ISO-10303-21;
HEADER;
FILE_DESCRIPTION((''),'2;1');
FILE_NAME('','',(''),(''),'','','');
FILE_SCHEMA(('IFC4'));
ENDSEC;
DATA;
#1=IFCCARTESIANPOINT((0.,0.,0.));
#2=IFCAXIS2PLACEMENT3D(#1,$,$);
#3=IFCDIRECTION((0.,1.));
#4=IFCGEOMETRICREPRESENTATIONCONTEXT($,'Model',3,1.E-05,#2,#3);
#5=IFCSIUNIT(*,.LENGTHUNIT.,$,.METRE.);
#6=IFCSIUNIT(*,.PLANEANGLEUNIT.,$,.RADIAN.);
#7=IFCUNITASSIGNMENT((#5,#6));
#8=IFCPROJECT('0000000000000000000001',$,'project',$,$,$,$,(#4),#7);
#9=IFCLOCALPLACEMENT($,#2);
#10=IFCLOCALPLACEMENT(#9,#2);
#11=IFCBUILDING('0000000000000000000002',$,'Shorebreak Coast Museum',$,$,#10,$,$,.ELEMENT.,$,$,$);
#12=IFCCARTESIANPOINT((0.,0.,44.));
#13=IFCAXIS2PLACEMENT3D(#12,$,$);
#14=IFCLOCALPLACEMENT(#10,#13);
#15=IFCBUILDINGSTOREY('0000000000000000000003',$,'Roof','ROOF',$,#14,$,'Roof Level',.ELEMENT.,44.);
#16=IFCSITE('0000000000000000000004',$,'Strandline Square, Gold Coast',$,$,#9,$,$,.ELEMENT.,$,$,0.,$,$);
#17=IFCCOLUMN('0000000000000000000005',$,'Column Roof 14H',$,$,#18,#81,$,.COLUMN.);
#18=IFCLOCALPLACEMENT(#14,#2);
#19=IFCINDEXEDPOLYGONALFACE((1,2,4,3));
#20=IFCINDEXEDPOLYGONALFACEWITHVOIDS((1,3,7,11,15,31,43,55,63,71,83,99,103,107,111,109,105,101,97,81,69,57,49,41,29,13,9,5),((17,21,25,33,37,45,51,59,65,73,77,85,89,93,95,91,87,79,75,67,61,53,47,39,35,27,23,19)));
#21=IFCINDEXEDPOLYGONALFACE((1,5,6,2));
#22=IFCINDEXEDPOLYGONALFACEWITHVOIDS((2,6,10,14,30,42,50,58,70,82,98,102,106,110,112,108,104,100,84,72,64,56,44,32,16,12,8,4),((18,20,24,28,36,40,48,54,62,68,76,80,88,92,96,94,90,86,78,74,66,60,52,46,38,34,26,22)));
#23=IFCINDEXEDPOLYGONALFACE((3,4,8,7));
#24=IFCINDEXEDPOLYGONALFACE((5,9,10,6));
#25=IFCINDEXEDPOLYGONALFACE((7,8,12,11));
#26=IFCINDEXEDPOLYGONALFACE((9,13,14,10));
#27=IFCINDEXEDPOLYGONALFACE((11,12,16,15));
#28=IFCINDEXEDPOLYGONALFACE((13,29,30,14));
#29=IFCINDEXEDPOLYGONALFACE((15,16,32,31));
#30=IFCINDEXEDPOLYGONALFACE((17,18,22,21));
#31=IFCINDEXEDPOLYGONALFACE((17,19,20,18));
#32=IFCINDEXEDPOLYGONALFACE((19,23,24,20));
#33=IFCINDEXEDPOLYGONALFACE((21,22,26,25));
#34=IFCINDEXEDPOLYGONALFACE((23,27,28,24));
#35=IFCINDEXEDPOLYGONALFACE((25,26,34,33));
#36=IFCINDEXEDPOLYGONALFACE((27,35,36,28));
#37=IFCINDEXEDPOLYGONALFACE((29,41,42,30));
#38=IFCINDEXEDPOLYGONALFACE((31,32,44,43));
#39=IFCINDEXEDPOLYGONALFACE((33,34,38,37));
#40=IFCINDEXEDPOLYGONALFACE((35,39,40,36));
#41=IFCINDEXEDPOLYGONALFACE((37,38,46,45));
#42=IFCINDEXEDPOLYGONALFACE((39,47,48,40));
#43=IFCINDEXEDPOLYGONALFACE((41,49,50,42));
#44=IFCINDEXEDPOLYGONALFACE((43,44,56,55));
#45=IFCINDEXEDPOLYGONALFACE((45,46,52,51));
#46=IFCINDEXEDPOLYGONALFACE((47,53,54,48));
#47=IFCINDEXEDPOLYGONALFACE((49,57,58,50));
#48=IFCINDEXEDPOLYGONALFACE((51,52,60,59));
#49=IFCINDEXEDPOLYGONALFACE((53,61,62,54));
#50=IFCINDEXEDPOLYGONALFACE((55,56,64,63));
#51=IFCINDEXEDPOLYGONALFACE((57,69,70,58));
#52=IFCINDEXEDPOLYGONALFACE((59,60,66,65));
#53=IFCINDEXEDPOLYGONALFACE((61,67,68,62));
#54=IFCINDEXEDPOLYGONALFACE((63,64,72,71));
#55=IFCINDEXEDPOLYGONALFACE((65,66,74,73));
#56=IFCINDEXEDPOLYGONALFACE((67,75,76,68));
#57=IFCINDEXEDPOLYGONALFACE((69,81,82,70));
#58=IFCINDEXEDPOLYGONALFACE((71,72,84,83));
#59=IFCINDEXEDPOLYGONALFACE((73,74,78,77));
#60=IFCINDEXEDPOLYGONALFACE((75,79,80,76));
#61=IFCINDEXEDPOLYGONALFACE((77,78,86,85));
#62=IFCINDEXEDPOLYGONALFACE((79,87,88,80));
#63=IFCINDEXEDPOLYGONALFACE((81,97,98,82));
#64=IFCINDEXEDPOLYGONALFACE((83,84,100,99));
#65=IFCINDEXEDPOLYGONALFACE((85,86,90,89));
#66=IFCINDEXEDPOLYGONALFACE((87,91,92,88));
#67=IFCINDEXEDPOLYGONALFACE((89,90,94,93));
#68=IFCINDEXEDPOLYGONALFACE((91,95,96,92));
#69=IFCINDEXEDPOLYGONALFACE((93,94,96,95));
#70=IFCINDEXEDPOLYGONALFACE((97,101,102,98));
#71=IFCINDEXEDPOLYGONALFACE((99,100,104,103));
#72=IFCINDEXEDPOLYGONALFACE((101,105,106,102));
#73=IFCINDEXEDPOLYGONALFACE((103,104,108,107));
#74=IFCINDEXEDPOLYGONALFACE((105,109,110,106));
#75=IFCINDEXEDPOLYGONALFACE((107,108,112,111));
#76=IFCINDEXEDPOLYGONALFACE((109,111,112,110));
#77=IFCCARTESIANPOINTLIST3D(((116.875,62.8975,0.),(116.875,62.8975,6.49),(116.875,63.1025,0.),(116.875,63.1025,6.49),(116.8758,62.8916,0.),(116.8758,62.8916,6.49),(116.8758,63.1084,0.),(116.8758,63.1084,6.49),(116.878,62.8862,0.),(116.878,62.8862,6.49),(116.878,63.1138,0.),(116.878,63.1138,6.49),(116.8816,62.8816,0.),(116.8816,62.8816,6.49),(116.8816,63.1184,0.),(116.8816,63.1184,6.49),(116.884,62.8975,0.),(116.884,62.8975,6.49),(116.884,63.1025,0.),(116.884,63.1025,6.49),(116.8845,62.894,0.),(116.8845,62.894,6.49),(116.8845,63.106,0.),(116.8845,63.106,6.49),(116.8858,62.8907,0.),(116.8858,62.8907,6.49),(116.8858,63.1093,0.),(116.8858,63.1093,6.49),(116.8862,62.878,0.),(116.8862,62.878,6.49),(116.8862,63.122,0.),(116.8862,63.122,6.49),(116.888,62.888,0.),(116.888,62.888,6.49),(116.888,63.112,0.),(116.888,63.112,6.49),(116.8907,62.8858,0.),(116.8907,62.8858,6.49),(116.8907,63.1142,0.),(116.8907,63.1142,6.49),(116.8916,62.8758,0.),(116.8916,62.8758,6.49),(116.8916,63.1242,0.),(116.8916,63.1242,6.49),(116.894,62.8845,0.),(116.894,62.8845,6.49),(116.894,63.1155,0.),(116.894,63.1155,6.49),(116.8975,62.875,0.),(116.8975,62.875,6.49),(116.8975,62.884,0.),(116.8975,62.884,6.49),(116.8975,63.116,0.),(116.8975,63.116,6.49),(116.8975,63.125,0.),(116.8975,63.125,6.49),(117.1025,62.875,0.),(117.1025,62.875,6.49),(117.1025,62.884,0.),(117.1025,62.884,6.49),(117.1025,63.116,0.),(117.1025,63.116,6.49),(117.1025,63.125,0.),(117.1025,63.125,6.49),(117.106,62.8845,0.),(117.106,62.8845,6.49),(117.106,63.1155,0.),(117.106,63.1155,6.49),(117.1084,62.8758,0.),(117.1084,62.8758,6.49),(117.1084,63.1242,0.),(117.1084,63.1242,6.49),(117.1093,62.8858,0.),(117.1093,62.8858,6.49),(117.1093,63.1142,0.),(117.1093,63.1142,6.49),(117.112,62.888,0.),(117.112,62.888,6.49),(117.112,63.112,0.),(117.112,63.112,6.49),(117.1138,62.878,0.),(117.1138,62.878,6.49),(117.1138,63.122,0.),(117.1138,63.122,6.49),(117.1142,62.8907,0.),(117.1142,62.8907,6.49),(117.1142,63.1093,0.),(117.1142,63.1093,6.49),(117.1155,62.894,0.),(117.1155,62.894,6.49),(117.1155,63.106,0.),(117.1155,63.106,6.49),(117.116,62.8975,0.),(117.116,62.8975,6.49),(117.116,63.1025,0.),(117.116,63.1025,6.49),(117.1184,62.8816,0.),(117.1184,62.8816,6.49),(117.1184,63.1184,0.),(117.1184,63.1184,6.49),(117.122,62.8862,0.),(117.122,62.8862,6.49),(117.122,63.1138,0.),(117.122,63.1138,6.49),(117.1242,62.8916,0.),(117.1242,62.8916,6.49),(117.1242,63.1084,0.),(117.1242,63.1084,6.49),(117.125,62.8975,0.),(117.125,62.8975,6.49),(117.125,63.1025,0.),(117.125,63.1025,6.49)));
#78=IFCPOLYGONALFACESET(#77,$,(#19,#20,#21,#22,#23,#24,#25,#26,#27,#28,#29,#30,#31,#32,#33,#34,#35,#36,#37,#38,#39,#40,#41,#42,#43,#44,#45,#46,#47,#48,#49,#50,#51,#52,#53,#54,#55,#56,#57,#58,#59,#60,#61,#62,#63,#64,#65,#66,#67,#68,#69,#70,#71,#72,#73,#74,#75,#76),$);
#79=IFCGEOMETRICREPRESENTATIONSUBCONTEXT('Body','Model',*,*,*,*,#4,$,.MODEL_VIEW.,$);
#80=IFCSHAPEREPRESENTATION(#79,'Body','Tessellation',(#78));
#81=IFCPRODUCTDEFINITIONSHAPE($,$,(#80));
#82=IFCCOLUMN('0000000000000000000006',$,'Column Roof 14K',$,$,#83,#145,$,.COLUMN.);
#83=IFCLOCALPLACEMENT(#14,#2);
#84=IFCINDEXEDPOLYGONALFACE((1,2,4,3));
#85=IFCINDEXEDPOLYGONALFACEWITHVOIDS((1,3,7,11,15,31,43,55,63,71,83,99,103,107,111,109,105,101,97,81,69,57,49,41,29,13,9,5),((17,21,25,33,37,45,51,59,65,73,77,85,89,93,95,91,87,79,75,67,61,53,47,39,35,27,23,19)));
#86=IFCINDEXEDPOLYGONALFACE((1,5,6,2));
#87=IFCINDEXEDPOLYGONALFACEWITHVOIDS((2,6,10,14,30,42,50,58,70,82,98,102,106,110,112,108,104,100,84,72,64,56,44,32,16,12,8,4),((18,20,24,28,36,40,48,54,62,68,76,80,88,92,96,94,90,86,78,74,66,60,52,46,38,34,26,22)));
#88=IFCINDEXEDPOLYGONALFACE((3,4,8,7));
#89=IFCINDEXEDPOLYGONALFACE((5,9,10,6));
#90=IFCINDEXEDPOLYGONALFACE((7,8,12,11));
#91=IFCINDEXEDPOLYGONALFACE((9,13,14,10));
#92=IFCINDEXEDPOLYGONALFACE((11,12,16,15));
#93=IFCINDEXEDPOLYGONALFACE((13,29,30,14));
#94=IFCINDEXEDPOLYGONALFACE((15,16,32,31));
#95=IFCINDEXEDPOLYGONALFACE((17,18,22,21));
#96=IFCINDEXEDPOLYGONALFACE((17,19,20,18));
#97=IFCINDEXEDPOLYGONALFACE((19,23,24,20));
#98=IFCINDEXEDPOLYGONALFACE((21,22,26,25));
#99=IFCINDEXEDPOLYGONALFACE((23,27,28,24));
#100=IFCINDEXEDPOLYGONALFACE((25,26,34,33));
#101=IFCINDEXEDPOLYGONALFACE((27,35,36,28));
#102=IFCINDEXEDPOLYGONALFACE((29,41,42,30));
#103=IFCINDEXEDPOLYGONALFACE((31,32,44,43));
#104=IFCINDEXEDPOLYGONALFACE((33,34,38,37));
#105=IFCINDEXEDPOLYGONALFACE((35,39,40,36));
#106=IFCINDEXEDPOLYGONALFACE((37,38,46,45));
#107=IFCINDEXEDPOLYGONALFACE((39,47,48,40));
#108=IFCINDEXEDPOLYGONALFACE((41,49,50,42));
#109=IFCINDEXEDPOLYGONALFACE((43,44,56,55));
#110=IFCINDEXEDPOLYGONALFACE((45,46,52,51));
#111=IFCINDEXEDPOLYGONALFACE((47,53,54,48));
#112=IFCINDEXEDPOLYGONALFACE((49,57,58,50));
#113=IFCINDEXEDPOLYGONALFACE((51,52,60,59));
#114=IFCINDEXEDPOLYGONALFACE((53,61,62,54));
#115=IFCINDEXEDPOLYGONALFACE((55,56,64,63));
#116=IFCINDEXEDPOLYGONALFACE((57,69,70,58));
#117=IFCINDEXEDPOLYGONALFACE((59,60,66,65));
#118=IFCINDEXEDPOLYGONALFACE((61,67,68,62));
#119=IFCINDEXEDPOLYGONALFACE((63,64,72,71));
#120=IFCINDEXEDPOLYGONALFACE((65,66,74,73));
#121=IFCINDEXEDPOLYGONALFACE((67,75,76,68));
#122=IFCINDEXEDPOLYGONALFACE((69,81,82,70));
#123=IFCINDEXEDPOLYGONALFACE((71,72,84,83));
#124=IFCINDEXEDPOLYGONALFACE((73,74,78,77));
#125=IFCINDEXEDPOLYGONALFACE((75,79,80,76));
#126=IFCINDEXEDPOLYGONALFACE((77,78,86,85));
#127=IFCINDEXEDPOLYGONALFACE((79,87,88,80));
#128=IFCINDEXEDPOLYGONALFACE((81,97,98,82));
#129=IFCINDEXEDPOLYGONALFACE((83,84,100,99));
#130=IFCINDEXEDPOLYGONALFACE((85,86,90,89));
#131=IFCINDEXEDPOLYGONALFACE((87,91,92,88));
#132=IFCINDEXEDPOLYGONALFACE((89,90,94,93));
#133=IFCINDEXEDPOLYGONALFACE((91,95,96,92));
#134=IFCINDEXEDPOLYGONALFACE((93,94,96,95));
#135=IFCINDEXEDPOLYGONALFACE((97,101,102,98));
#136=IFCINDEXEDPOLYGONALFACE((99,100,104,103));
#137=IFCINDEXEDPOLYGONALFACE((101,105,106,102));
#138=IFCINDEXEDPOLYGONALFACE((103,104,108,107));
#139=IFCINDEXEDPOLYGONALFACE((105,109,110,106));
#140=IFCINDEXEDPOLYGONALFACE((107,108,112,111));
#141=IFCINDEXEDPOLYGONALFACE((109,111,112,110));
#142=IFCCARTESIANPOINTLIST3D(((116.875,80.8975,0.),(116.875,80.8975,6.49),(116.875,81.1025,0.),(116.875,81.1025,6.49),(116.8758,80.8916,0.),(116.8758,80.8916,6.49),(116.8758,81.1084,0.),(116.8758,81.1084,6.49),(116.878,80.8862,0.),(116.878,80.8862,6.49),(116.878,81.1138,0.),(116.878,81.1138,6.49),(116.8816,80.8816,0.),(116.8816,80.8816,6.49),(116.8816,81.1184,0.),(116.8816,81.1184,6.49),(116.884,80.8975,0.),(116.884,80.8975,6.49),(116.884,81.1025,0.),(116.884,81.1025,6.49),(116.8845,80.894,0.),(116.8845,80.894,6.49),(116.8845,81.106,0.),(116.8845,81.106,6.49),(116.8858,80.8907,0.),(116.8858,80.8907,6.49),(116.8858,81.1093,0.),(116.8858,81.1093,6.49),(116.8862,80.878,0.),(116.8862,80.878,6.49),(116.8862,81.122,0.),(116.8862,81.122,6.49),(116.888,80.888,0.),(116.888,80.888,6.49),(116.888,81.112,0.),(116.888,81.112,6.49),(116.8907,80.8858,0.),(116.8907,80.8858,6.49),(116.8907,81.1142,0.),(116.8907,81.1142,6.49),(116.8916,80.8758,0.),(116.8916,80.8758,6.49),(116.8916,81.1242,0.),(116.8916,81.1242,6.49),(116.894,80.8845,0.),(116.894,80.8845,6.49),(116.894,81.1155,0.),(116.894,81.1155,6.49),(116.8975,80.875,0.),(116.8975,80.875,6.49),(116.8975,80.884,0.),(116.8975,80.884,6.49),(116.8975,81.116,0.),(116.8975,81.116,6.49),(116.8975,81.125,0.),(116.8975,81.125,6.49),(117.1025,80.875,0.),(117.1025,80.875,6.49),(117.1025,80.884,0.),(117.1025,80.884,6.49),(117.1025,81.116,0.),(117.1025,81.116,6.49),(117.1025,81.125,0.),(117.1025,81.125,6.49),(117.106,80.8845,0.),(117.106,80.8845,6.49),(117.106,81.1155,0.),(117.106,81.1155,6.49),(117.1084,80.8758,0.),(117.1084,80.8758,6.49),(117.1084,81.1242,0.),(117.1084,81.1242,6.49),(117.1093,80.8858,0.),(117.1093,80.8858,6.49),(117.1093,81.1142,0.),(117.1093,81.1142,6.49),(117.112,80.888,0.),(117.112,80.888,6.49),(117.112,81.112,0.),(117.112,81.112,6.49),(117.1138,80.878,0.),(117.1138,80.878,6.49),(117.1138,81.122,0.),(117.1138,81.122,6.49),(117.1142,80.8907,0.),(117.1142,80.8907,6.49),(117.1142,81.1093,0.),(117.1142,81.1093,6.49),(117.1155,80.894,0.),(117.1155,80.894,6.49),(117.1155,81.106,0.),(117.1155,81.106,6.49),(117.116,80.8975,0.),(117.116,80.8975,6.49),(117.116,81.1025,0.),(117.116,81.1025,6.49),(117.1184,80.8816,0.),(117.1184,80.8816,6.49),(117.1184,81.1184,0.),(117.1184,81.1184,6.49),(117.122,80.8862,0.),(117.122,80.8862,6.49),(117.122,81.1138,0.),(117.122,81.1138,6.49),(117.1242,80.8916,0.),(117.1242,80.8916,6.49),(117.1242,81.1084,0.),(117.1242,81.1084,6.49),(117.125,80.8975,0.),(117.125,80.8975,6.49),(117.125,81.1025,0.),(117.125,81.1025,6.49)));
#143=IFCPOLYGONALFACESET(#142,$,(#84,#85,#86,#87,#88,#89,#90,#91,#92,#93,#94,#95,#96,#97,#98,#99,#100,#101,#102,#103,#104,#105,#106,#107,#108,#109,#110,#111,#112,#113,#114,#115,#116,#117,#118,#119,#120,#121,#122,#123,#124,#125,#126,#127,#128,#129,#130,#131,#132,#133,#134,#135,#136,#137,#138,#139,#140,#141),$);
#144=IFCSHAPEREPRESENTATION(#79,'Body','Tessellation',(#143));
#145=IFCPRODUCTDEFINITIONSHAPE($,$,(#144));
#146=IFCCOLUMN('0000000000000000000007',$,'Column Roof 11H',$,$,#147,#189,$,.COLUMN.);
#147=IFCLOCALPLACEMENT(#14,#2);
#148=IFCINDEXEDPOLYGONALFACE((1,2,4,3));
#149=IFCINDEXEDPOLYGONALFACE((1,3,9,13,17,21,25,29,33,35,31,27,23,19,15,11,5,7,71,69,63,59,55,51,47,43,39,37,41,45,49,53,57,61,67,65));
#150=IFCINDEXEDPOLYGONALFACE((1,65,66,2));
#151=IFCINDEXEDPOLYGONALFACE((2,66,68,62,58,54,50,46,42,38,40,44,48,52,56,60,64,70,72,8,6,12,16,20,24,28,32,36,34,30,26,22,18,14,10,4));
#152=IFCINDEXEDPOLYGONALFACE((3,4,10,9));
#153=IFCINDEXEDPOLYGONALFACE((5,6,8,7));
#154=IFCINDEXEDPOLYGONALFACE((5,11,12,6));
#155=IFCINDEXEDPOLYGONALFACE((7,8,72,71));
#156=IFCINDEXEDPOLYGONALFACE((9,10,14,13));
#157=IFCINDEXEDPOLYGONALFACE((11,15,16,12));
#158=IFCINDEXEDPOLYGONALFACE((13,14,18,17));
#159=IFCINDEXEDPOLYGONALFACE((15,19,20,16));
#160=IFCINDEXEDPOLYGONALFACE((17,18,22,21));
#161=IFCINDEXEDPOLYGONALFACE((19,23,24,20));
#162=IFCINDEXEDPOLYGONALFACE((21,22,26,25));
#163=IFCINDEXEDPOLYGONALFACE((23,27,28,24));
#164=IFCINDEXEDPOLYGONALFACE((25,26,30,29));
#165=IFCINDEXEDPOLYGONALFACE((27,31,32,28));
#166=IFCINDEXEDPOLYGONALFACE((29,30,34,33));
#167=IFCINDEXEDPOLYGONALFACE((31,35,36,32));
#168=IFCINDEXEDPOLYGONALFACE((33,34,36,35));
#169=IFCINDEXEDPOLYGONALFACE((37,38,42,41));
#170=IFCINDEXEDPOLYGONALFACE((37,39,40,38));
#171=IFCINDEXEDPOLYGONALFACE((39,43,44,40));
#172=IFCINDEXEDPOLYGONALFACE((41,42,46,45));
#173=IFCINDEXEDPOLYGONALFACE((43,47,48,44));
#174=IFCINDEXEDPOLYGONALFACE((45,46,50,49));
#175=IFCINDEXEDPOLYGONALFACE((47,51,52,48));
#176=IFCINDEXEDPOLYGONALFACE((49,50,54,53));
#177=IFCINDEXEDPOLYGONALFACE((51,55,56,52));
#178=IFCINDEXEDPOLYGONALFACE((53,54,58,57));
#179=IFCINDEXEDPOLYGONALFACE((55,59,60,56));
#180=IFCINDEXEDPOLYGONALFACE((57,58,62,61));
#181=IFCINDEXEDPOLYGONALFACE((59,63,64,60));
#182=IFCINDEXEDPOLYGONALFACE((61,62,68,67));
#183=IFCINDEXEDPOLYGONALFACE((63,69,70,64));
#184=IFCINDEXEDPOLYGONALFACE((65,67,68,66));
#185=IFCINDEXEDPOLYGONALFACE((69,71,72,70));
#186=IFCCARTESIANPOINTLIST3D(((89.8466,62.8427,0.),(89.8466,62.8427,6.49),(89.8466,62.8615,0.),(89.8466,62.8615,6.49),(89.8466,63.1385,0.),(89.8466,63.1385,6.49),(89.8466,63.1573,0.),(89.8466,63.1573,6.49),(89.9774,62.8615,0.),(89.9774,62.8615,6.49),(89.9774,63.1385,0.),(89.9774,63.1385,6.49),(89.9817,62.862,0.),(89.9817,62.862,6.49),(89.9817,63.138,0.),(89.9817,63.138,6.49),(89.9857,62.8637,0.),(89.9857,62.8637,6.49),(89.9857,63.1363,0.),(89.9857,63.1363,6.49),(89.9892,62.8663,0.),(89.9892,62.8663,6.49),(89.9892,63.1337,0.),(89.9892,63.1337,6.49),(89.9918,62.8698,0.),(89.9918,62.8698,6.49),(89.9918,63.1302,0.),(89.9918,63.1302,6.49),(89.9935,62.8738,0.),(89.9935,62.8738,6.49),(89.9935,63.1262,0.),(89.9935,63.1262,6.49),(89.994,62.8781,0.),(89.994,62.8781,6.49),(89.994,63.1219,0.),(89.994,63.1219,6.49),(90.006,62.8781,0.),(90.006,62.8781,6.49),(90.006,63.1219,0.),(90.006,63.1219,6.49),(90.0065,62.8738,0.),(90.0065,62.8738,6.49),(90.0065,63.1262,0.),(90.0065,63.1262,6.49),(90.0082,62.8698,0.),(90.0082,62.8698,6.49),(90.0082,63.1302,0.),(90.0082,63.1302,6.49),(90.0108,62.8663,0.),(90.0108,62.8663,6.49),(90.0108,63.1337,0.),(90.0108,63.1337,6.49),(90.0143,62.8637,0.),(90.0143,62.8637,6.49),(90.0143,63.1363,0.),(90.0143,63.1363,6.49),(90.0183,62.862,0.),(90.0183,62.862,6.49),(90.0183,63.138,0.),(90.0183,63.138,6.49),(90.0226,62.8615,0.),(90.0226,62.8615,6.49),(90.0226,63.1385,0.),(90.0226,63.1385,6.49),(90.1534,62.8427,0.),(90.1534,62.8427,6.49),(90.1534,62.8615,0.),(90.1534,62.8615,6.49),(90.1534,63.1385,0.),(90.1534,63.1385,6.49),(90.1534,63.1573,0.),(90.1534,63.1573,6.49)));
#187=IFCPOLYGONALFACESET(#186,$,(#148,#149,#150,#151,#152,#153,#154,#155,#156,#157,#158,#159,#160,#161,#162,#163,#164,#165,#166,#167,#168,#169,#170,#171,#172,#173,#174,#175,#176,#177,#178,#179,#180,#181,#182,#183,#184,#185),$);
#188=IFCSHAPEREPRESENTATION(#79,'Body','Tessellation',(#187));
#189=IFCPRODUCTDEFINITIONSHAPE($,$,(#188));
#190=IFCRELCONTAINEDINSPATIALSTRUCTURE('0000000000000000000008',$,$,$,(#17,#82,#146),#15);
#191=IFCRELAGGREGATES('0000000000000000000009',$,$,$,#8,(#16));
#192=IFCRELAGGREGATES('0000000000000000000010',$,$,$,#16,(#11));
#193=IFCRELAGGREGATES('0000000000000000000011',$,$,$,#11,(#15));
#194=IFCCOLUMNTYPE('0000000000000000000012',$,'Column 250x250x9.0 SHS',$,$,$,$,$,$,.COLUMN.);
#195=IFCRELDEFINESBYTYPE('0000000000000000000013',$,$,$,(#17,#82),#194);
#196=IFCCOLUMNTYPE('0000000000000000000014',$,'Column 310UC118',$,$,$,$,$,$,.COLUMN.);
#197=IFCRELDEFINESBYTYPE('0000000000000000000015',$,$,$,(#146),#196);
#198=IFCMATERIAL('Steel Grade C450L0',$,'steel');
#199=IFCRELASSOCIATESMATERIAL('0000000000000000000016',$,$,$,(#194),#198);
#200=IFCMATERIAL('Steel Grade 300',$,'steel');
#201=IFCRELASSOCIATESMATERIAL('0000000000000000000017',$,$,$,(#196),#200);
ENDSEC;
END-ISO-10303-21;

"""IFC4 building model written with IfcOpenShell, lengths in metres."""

from ifc_helpers import new_model, si_unit, direction, frame, origin, origin_2d, place, context, subcontext, project, spatial, hollow_rectangle, i_section, extrude, material, material_profile, profile_set, type_object, element, save


model = new_model("IFC4")

# Units and contexts
model_context = context("Model", 3, precision=1e-05, world=origin(), true_north=direction((0.0, 1.0)))
body_context = subcontext(model_context, "Body", "Model", "MODEL_VIEW")
ifc_project = project(units=[si_unit("LENGTHUNIT", "METRE"), si_unit("PLANEANGLEUNIT", "RADIAN")], contexts=[model_context])

# Site, building, storey
site_placement = place(None, origin())
site = spatial("IfcSite", under=ifc_project, at=site_placement, Name="Strandline Square, Gold Coast", CompositionType="ELEMENT", RefElevation=0.0)
building_placement = place(site_placement, origin())
building = spatial("IfcBuilding", under=site, at=building_placement, Name="Shorebreak Coast Museum", CompositionType="ELEMENT")
storey_placement = place(building_placement, frame((0.0, 0.0, 44.0)))
storey = spatial("IfcBuildingStorey", under=building, at=storey_placement, Name="Roof", Description="ROOF", LongName="Roof Level", CompositionType="ELEMENT", Elevation=44.0)

# Columns
ifc_material_1 = material(Name="Steel Grade C450L0", Category="steel")
ifc_material_profile_1 = material_profile(ifc_material_1, hollow_rectangle(XDim=0.25, YDim=0.25, WallThickness=0.009, InnerFilletRadius=0.0134, OuterFilletRadius=0.0225, at=origin_2d()), Name="250x250x9.0 SHS")
ifc_profile_set_1 = profile_set([ifc_material_profile_1], Name="Steel Grade C450L0")
column_type_1 = type_object("IfcColumnType", Name="Column 250x250x9.0 SHS", PredefinedType="COLUMN", material=ifc_profile_set_1)
for number, where, z_axis, x_axis, name in (
    (1, (117.0, 63.0, 0.0), (0.0, 0.0, 1.0), (1.0, 0.0, 0.0), "Column Roof 14H"),
    (2, (117.0, 81.0, 0.0), (0.0, 0.0, 1.0), (1.0, 0.0, 0.0), "Column Roof 14K"),
):
    element("IfcColumn", number, at=place(storey_placement, frame(where, z_axis=z_axis, x_axis=x_axis)), inside=storey, type_object=column_type_1, Name=name, PredefinedType="COLUMN", context=body_context, shape_type="SweptSolid", body=[
        extrude(hollow_rectangle(XDim=0.25, YDim=0.25, WallThickness=0.009, InnerFilletRadius=0.0134, OuterFilletRadius=0.0225, at=origin_2d()), origin(), (0.0, 0.0, 1.0), 6.49),
    ])
ifc_material_2 = material(Name="Steel Grade 300", Category="steel")
ifc_material_profile_2 = material_profile(ifc_material_2, i_section(OverallWidth=0.3069, OverallDepth=0.3147, WebThickness=0.012, FlangeThickness=0.0188, FilletRadius=0.0166, at=origin_2d()), Name="310UC118")
ifc_profile_set_2 = profile_set([ifc_material_profile_2], Name="Steel Grade 300")
column_type_2 = type_object("IfcColumnType", Name="Column 310UC118", PredefinedType="COLUMN", material=ifc_profile_set_2)
for number, where, z_axis, x_axis, name in (
    (3, (90.0, 63.0, 0.0), (0.0, 0.0, 1.0), (1.0, 0.0, 0.0), "Column Roof 11H"),
):
    element("IfcColumn", number, at=place(storey_placement, frame(where, z_axis=z_axis, x_axis=x_axis)), inside=storey, type_object=column_type_2, Name=name, PredefinedType="COLUMN", context=body_context, shape_type="SweptSolid", body=[
        extrude(i_section(OverallWidth=0.3069, OverallDepth=0.3147, WebThickness=0.012, FlangeThickness=0.0188, FilletRadius=0.0166, at=origin_2d()), origin(), (0.0, 0.0, 1.0), 6.49),
    ])

save(model, "model.ifc")
